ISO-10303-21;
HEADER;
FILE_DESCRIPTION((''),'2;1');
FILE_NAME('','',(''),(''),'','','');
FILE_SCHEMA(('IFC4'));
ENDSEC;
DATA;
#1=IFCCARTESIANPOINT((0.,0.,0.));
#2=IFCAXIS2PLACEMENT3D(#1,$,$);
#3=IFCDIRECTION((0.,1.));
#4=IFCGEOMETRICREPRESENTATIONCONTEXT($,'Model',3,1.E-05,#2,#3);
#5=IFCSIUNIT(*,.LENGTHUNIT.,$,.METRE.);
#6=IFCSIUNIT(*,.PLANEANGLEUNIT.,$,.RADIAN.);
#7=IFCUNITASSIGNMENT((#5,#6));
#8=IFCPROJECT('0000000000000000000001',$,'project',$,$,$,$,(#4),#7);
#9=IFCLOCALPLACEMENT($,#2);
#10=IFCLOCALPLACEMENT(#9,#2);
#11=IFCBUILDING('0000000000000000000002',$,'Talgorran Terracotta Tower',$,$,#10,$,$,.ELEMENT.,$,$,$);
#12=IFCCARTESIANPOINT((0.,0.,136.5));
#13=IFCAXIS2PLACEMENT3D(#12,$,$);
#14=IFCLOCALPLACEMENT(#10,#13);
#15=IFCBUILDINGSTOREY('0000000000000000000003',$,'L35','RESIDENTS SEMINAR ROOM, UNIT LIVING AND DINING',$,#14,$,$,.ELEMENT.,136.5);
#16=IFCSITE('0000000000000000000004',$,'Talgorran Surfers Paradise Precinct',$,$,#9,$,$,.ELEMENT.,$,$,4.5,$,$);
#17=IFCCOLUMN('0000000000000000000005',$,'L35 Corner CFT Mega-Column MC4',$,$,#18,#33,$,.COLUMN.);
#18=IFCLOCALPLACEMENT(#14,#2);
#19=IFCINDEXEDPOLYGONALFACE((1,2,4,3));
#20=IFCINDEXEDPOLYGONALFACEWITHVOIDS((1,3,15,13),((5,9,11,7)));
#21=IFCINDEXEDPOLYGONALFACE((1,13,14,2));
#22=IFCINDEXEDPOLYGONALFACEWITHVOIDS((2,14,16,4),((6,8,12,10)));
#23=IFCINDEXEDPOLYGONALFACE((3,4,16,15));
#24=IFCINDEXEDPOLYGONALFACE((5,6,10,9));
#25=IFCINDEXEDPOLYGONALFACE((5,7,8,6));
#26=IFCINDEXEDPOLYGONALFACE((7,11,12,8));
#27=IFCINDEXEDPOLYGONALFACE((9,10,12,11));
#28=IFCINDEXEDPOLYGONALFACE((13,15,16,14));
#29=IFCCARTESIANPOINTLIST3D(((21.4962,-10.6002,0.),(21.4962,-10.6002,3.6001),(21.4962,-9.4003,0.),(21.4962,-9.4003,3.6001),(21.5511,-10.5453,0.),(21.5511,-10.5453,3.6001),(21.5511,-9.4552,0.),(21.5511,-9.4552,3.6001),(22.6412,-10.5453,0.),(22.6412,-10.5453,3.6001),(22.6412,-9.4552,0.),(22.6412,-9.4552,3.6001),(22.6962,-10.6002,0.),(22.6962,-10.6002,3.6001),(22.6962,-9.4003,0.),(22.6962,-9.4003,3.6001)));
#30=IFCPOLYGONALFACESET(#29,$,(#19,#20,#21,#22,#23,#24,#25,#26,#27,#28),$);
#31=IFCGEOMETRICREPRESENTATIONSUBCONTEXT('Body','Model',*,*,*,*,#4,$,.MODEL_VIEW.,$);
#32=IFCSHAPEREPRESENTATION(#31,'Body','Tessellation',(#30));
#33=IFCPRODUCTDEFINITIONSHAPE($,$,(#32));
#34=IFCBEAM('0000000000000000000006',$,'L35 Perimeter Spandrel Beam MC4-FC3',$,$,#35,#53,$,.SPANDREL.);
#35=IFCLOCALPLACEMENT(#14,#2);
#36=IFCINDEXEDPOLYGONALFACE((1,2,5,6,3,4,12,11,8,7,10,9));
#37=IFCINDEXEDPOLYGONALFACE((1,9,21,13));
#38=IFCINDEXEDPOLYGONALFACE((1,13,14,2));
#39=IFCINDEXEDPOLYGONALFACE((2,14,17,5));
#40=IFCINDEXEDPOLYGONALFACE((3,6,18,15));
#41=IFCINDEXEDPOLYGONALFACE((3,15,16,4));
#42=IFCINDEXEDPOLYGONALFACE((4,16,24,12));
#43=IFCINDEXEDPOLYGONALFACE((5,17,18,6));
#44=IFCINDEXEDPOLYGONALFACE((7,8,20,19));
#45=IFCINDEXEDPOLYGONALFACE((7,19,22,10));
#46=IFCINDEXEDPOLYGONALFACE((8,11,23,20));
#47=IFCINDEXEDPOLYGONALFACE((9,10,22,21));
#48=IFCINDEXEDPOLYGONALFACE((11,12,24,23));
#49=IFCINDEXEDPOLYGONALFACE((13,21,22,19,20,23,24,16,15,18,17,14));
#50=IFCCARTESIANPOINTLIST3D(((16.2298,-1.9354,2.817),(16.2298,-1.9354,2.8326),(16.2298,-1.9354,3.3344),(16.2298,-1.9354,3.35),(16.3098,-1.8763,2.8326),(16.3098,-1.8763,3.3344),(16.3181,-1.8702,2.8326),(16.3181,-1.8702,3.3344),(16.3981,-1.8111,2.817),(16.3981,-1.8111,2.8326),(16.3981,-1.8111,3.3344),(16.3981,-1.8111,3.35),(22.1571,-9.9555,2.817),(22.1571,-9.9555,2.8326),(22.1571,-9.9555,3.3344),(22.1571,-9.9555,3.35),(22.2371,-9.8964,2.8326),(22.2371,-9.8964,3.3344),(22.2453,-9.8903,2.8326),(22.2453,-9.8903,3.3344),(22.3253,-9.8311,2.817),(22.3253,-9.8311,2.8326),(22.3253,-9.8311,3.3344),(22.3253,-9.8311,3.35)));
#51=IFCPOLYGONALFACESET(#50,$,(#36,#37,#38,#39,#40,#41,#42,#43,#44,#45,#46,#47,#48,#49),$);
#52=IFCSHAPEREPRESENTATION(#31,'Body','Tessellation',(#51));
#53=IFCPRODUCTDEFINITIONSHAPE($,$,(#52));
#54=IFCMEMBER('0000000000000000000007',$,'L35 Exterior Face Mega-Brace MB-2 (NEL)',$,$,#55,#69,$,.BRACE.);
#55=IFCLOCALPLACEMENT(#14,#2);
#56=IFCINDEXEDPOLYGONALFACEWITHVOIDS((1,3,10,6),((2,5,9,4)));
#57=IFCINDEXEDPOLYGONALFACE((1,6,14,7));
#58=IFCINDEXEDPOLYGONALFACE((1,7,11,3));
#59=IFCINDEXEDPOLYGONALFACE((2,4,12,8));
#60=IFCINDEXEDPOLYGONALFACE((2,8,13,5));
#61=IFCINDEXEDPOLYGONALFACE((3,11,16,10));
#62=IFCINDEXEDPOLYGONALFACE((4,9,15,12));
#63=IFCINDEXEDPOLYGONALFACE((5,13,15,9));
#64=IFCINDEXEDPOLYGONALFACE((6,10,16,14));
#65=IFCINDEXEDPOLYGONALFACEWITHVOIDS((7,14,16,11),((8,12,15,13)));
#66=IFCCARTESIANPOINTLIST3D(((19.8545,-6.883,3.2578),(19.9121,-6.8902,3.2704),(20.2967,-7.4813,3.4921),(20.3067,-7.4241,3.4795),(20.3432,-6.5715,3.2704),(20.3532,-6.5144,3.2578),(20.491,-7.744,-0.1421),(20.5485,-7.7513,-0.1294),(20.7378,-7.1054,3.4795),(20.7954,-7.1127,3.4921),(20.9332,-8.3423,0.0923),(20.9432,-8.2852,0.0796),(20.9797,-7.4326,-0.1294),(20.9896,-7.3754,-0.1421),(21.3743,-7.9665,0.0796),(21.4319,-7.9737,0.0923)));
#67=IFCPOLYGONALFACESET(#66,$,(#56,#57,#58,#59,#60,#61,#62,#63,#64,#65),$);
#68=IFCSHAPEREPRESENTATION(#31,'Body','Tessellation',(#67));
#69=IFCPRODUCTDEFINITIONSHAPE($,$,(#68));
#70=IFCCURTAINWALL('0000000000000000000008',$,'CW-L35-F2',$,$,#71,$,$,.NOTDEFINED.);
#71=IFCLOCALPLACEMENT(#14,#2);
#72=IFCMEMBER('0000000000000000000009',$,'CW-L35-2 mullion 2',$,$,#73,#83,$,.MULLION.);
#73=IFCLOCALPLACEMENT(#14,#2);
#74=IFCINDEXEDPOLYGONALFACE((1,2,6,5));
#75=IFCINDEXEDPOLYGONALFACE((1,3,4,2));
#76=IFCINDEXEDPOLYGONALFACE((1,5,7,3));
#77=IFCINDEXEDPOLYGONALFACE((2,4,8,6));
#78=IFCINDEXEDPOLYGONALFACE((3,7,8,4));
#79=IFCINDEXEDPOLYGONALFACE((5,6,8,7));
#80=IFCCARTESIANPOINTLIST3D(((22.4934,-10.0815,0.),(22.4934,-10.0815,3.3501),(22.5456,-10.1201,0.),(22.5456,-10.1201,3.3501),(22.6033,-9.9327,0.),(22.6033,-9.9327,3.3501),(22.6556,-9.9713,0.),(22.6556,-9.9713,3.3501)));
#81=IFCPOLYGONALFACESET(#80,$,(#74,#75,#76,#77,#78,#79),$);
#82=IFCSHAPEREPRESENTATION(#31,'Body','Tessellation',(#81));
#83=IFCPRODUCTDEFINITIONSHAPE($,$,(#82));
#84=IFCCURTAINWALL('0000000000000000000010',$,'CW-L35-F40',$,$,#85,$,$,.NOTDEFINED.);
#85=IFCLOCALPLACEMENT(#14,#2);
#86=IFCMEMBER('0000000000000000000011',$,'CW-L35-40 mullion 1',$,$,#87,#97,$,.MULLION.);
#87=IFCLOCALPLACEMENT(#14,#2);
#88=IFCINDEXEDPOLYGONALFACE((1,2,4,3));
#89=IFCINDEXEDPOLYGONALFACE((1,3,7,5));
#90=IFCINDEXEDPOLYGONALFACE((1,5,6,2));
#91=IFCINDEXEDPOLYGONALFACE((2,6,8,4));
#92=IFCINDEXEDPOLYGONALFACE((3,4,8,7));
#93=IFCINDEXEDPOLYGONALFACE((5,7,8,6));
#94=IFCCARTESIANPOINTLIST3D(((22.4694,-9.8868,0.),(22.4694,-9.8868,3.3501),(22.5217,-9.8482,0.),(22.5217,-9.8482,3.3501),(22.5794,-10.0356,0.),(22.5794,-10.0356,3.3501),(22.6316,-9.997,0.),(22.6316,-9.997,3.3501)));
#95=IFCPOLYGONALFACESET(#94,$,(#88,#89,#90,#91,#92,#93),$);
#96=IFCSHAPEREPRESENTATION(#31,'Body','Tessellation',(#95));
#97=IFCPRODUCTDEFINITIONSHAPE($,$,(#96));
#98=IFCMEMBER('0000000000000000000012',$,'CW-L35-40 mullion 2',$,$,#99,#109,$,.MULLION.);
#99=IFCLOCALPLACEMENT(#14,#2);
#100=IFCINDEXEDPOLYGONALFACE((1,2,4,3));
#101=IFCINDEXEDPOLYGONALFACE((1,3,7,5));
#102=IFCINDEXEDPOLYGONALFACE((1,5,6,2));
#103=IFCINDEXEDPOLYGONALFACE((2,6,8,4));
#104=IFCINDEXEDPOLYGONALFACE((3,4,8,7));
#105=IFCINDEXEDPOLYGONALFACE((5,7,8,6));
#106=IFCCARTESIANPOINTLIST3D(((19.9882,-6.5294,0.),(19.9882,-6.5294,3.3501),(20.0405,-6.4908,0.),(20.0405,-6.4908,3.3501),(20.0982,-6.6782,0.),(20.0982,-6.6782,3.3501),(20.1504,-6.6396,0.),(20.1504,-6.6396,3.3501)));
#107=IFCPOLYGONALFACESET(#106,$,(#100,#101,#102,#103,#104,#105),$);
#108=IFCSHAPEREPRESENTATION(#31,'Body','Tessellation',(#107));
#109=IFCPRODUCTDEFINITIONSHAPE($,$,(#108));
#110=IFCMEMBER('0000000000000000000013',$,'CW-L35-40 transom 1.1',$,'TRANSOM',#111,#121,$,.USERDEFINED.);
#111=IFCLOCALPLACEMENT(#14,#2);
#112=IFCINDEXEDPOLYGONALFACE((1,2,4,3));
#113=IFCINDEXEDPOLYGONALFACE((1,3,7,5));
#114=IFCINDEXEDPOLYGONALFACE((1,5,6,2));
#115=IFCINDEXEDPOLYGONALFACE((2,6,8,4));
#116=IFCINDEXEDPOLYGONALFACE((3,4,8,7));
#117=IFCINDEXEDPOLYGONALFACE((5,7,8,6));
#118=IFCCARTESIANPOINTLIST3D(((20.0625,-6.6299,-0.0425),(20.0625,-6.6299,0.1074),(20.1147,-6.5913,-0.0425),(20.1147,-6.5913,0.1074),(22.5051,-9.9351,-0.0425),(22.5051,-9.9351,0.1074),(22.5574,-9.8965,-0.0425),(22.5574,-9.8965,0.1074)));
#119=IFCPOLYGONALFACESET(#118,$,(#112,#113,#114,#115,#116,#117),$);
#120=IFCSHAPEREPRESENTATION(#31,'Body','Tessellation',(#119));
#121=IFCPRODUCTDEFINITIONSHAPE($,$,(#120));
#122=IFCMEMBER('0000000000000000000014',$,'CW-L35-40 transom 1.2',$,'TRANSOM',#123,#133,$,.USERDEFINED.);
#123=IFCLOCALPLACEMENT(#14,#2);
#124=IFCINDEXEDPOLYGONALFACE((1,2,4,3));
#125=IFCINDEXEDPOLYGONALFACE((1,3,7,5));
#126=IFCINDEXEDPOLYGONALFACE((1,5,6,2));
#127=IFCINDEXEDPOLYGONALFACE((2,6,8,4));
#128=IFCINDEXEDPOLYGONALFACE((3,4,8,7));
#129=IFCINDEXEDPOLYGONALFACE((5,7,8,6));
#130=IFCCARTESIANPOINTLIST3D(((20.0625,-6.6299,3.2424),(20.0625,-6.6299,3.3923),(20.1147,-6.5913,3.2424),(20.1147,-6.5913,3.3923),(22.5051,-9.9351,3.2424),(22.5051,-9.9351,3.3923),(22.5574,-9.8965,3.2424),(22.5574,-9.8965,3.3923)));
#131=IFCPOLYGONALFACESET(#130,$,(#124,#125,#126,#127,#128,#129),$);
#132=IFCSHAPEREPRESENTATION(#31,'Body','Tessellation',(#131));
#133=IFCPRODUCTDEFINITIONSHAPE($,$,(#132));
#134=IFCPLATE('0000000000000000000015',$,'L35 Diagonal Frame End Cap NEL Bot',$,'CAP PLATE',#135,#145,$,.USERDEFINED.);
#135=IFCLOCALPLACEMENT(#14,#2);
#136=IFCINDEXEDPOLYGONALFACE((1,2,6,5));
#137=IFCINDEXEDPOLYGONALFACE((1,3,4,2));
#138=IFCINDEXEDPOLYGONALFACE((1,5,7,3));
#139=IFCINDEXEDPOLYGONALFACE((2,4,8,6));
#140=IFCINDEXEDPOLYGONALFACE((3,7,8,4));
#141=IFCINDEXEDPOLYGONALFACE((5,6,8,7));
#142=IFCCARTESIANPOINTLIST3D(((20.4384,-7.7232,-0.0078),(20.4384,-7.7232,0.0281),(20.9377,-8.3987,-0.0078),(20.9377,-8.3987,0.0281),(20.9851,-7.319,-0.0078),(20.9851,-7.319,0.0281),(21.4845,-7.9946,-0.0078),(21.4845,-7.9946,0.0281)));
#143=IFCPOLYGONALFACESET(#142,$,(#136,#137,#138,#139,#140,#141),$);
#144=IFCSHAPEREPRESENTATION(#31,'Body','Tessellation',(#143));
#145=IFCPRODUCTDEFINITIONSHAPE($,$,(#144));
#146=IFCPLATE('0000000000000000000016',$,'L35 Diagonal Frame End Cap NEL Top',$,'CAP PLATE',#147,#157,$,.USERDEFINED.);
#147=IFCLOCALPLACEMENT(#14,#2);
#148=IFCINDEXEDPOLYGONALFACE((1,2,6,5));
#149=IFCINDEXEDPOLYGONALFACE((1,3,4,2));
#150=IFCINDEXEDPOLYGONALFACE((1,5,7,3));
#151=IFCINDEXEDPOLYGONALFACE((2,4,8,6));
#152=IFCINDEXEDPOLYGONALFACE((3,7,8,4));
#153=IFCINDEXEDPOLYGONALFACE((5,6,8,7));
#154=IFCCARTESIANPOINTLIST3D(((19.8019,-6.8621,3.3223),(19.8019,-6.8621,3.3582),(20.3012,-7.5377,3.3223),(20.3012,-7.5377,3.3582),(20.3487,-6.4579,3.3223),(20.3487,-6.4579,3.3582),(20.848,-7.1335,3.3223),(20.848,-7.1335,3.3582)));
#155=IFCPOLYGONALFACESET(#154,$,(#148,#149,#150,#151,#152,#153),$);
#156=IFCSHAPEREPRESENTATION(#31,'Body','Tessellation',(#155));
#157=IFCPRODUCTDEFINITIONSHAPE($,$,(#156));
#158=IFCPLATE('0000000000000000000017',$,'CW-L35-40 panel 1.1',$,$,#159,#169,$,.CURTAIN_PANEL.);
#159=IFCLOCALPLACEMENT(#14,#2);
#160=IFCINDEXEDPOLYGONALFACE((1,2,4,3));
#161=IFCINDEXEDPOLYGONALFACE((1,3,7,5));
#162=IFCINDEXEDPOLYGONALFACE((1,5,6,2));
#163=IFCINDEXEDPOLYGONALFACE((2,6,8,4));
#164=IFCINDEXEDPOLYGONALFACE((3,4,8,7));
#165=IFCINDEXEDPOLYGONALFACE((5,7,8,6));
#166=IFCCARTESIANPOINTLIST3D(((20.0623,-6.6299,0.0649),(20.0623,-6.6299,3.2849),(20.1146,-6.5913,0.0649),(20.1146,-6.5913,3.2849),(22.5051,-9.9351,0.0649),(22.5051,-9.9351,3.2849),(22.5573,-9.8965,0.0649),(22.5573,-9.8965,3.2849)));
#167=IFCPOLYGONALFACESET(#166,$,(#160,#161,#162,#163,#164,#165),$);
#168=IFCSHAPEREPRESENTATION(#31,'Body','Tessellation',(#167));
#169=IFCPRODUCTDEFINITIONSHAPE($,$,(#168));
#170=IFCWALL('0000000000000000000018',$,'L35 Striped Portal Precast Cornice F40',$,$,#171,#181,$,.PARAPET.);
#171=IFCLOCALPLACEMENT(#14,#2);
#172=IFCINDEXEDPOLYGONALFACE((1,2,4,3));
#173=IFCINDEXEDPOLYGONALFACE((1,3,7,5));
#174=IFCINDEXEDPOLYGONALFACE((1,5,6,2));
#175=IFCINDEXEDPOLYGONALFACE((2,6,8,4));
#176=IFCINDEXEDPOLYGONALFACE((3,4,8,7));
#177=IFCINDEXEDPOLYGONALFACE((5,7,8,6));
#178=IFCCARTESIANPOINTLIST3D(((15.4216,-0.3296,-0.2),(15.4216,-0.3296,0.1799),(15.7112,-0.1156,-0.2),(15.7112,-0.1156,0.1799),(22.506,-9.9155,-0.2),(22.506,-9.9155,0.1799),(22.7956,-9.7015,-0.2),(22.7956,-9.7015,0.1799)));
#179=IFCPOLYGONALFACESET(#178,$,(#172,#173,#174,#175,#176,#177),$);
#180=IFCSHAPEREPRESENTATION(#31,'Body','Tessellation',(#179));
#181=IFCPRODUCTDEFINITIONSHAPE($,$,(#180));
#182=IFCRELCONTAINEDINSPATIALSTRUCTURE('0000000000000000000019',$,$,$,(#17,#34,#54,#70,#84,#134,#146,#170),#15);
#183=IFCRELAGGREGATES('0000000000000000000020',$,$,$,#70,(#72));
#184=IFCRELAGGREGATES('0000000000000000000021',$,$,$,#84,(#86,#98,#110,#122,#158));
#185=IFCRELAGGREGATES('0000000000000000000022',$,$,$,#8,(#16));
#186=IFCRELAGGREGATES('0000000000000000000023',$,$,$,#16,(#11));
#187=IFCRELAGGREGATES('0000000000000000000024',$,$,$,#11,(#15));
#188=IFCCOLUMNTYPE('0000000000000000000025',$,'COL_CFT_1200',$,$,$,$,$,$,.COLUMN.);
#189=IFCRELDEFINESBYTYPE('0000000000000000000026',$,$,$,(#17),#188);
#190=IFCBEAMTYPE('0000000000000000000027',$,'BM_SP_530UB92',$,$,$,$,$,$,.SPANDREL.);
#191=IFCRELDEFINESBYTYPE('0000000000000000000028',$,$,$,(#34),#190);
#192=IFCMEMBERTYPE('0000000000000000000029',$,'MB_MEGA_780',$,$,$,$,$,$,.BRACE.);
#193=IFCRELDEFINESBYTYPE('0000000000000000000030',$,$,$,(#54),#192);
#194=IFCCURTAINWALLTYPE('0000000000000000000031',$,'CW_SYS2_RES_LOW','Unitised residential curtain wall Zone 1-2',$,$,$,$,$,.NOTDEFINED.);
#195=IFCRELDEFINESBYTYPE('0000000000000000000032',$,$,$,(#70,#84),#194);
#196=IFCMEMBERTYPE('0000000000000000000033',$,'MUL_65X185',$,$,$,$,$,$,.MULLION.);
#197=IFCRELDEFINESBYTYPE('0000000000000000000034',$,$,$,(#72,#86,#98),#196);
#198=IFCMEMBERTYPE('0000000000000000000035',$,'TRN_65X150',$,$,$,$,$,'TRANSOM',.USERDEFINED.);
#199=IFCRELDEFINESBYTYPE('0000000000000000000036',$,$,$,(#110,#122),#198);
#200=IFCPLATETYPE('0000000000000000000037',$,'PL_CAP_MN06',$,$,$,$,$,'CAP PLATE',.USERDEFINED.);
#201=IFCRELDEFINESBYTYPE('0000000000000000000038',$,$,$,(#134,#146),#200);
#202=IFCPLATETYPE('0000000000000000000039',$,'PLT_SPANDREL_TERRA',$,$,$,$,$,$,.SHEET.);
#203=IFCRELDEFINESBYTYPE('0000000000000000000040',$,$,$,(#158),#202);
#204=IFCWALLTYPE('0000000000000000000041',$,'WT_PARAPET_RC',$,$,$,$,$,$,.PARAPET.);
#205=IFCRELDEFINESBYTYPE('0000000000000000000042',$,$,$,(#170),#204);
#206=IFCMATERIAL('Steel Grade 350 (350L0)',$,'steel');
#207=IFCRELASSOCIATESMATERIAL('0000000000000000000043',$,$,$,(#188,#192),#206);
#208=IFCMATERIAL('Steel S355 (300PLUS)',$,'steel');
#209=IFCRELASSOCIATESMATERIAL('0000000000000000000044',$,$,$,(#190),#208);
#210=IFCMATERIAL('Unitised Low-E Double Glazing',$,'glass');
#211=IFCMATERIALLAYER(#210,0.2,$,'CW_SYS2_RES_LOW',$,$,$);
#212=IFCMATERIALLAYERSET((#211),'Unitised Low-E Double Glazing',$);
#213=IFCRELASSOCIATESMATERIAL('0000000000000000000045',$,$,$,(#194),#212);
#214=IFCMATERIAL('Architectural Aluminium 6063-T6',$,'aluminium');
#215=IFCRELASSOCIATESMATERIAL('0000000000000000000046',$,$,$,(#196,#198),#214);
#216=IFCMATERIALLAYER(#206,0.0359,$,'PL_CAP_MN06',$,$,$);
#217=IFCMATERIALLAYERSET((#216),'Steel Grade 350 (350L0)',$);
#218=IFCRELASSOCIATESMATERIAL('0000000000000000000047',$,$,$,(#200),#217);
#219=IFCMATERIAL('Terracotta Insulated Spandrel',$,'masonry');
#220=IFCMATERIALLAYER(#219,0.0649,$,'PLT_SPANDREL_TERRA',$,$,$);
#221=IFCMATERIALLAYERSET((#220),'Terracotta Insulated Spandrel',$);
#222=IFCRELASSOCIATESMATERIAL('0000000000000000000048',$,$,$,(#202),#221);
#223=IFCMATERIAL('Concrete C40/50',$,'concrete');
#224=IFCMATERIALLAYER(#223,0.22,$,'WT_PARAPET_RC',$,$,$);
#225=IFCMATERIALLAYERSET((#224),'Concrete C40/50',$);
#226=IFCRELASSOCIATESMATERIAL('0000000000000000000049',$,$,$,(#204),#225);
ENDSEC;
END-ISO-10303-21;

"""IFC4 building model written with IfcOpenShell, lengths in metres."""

from ifc_helpers import new_model, si_unit, direction, frame, frame_2d, origin, origin_2d, place, context, subcontext, project, spatial, rectangle, hollow_rectangle, i_section, extrude, source, transform, mapped, material, layer, layer_set, material_profile, profile_set, type_object, type_shapes, element, aggregate, save


model = new_model("IFC4")

# Units and contexts
model_context = context("Model", 3, precision=1e-05, world=origin(), true_north=direction((0.0, 1.0)))
body_context = subcontext(model_context, "Body", "Model", "MODEL_VIEW")
ifc_project = project(units=[si_unit("LENGTHUNIT", "METRE"), si_unit("PLANEANGLEUNIT", "RADIAN")], contexts=[model_context])

# Site, building, storey
site_placement = place(None, origin())
site = spatial("IfcSite", under=ifc_project, at=site_placement, Name="Talgorran Surfers Paradise Precinct", CompositionType="ELEMENT", RefElevation=4.5)
building_placement = place(site_placement, origin())
building = spatial("IfcBuilding", under=site, at=building_placement, Name="Talgorran Terracotta Tower", CompositionType="ELEMENT")
storey_placement = place(building_placement, frame((0.0, 0.0, 136.5)))
storey = spatial("IfcBuildingStorey", under=building, at=storey_placement, Name="L35", Description="RESIDENTS SEMINAR ROOM, UNIT LIVING AND DINING", CompositionType="ELEMENT", Elevation=136.5)

# Column
ifc_material_1 = material(Name="Steel Grade 350 (350L0)", Category="steel")
ifc_material_profile_1 = material_profile(ifc_material_1, hollow_rectangle(XDim=1.2, YDim=1.2, WallThickness=0.0549, at=origin_2d()), Name="CFT1200X1200X55")
ifc_profile_set_1 = profile_set([ifc_material_profile_1], Name="Steel Grade 350 (350L0)")
column_type = type_object("IfcColumnType", Name="COL_CFT_1200", PredefinedType="COLUMN", material=ifc_profile_set_1)
column_placement = place(storey_placement, frame((22.0962, -10.0002, 0.0), z_axis=(0.0, 0.0, 1.0), x_axis=(1.0, 0.0, 0.0)))
element("IfcColumn", 1, at=column_placement, inside=storey, type_object=column_type, Name="L35 Corner CFT Mega-Column MC4", PredefinedType="COLUMN", context=body_context, shape_type="SweptSolid", body=[
    extrude(hollow_rectangle(XDim=1.2, YDim=1.2, WallThickness=0.0549, at=origin_2d()), origin(), (0.0, 0.0, 1.0), 3.6001),
])

# Beam
ifc_material_2 = material(Name="Steel S355 (300PLUS)", Category="steel")
ifc_material_profile_2 = material_profile(ifc_material_2, i_section(OverallWidth=0.2092, OverallDepth=0.533, WebThickness=0.0103, FlangeThickness=0.0156, at=origin_2d()), Name="530UB92.4")
ifc_profile_set_2 = profile_set([ifc_material_profile_2], Name="Steel S355 (300PLUS)")
beam_type = type_object("IfcBeamType", Name="BM_SP_530UB92", PredefinedType="SPANDREL", material=ifc_profile_set_2)
beam_placement = place(storey_placement, frame((22.2412, -9.8933, 3.0835), z_axis=(-0.594353, 0.804205, 0.0), x_axis=(-0.804205, -0.594353, 0.0)))
element("IfcBeam", 2, at=beam_placement, inside=storey, type_object=beam_type, Name="L35 Perimeter Spandrel Beam MC4-FC3", PredefinedType="SPANDREL", context=body_context, shape_type="SweptSolid", body=[
    extrude(i_section(OverallWidth=0.2092, OverallDepth=0.533, WebThickness=0.0103, FlangeThickness=0.0156, at=origin_2d()), origin(), (0.0, 0.0, 1.0), 9.9727),
])

# Member
ifc_material_profile_3 = material_profile(ifc_material_1, hollow_rectangle(XDim=0.6201, YDim=0.78, WallThickness=0.042, at=origin_2d()), Name="WBOX780X620X42")
ifc_profile_set_3 = profile_set([ifc_material_profile_3], Name="Steel Grade 350 (350L0)")
member_type_1 = type_object("IfcMemberType", Name="MB_MEGA_780", PredefinedType="BRACE", material=ifc_profile_set_3)
member_1_placement = place(storey_placement, frame((20.9614, -7.8589, -0.0249), z_axis=(-0.178558, 0.24157, 0.953814), x_axis=(-0.804167, -0.594404, 0.0)))
element("IfcMember", 3, at=member_1_placement, inside=storey, type_object=member_type_1, Name="L35 Exterior Face Mega-Brace MB-2 (NEL)", PredefinedType="BRACE", context=body_context, shape_type="SweptSolid", body=[
    extrude(hollow_rectangle(XDim=0.6201, YDim=0.78, WallThickness=0.042, at=origin_2d()), origin(), (0.0, 0.0, 1.0), 3.5645),
])

# Curtain wall, member
ifc_material_3 = material(Name="Unitised Low-E Double Glazing", Category="glass")
ifc_layer_1 = layer(ifc_material_3, 0.2, Name="CW_SYS2_RES_LOW")
ifc_layer_set_1 = layer_set([ifc_layer_1], Name="Unitised Low-E Double Glazing")
curtain_wall_type = type_object("IfcCurtainWallType", Name="CW_SYS2_RES_LOW", Description="Unitised residential curtain wall Zone 1-2", PredefinedType="NOTDEFINED", material=ifc_layer_set_1)
curtain_wall_1_placement = place(storey_placement, origin())
curtain_wall_1 = element("IfcCurtainWall", 4, at=curtain_wall_1_placement, inside=storey, type_object=curtain_wall_type, Name="CW-L35-F2", PredefinedType="NOTDEFINED")
ifc_material_4 = material(Name="Architectural Aluminium 6063-T6", Category="aluminium")
ifc_material_profile_4 = material_profile(ifc_material_4, rectangle(XDim=0.0649, YDim=0.1851, at=origin_2d()), Name="CWM65X185")
ifc_profile_set_4 = profile_set([ifc_material_profile_4], Name="Architectural Aluminium 6063-T6")
member_type_2 = type_object("IfcMemberType", Name="MUL_65X185", PredefinedType="MULLION", material=ifc_profile_set_4)
member_2_placement = place(storey_placement, frame((22.5745, -10.0264, 0.0), z_axis=(0.0, 0.0, 1.0), x_axis=(-0.804201, 0.594358, 0.0)))
member_2 = element("IfcMember", 5, at=member_2_placement, type_object=member_type_2, Name="CW-L35-2 mullion 2", PredefinedType="MULLION", context=body_context, shape_type="SweptSolid", body=[
    extrude(rectangle(XDim=0.0649, YDim=0.1851, at=origin_2d()), origin(), (0.0, 0.0, 1.0), 3.3501),
])
aggregate(curtain_wall_1, [member_2])

# Curtain wall, members
curtain_wall_2_placement = place(storey_placement, origin())
curtain_wall_2 = element("IfcCurtainWall", 6, at=curtain_wall_2_placement, inside=storey, type_object=curtain_wall_type, Name="CW-L35-F40", PredefinedType="NOTDEFINED")
member_3_placement = place(storey_placement, frame((22.5505, -9.9419, 0.0), z_axis=(0.0, 0.0, 1.0), x_axis=(-0.8042, -0.594359, 0.0)))
member_3 = element("IfcMember", 7, at=member_3_placement, type_object=member_type_2, Name="CW-L35-40 mullion 1", PredefinedType="MULLION", context=body_context, shape_type="SweptSolid", body=[
    extrude(rectangle(XDim=0.0649, YDim=0.1851, at=origin_2d()), origin(), (0.0, 0.0, 1.0), 3.3501),
])
member_4_placement = place(storey_placement, frame((20.0693, -6.5845, 0.0), z_axis=(0.0, 0.0, 1.0), x_axis=(-0.8042, -0.594359, 0.0)))
member_4 = element("IfcMember", 8, at=member_4_placement, type_object=member_type_2, Name="CW-L35-40 mullion 2", PredefinedType="MULLION", context=body_context, shape_type="SweptSolid", body=[
    extrude(rectangle(XDim=0.0649, YDim=0.1851, at=origin_2d()), origin(), (0.0, 0.0, 1.0), 3.3501),
])
ifc_material_profile_5 = material_profile(ifc_material_4, rectangle(XDim=0.0649, YDim=0.1499, at=origin_2d()), Name="CWT65X150")
ifc_profile_set_5 = profile_set([ifc_material_profile_5], Name="Architectural Aluminium 6063-T6")
member_type_3 = type_object("IfcMemberType", Name="TRN_65X150", ElementType="TRANSOM", PredefinedType="USERDEFINED", material=ifc_profile_set_5)
member_5_placement = place(storey_placement, frame((22.5312, -9.9158, 0.0325), z_axis=(-0.594339, 0.804214, 0.0), x_axis=(-0.804214, -0.594339, 0.0)))
member_5 = element("IfcMember", 9, at=member_5_placement, type_object=member_type_3, Name="CW-L35-40 transom 1.1", ObjectType="TRANSOM", PredefinedType="USERDEFINED", context=body_context, shape_type="SweptSolid", body=[
    extrude(rectangle(XDim=0.0649, YDim=0.1499, at=origin_2d()), origin(), (0.0, 0.0, 1.0), 4.1099),
])
member_6_placement = place(storey_placement, frame((22.5312, -9.9158, 3.3174), z_axis=(-0.594339, 0.804214, 0.0), x_axis=(-0.804214, -0.594339, 0.0)))
member_6 = element("IfcMember", 10, at=member_6_placement, type_object=member_type_3, Name="CW-L35-40 transom 1.2", ObjectType="TRANSOM", PredefinedType="USERDEFINED", context=body_context, shape_type="SweptSolid", body=[
    extrude(rectangle(XDim=0.0649, YDim=0.1499, at=origin_2d()), origin(), (0.0, 0.0, 1.0), 4.1099),
])

# Plates
ifc_layer_2 = layer(ifc_material_1, 0.0359, Name="PL_CAP_MN06")
ifc_layer_set_2 = layer_set([ifc_layer_2], Name="Steel Grade 350 (350L0)")
plate_type_1 = type_object("IfcPlateType", Name="PL_CAP_MN06", ElementType="CAP PLATE", PredefinedType="USERDEFINED", material=ifc_layer_set_2)
for number, where, z_axis, x_axis, name in (
    (11, (20.9614, -7.8589, -0.0078), (0.0, 0.0, 1.0), (-0.594402, 0.804168, 0.0), "L35 Diagonal Frame End Cap NEL Bot"),
    (12, (20.325, -6.9978, 3.3223), (0.0, 0.0, 1.0), (-0.594402, 0.804168, 0.0), "L35 Diagonal Frame End Cap NEL Top"),
):
    element("IfcPlate", number, at=place(storey_placement, frame(where, z_axis=z_axis, x_axis=x_axis)), inside=storey, type_object=plate_type_1, Name=name, ObjectType="CAP PLATE", PredefinedType="USERDEFINED", context=body_context, shape_type="SweptSolid", body=[
        extrude(rectangle(XDim=0.8401, YDim=0.6799, at=origin_2d()), origin(), (0.0, 0.0, 1.0), 0.0359),
    ])

# Plate
ifc_material_5 = material(Name="Terracotta Insulated Spandrel", Category="masonry")
ifc_layer_3 = layer(ifc_material_5, 0.0649, Name="PLT_SPANDREL_TERRA")
ifc_layer_set_3 = layer_set([ifc_layer_3], Name="Terracotta Insulated Spandrel")
plate_type_2 = type_object("IfcPlateType", Name="PLT_SPANDREL_TERRA", PredefinedType="SHEET", material=ifc_layer_set_3)
shared_shape = source(origin(), body_context, "Body", "SweptSolid", [
    extrude(rectangle(XDim=4.1099, YDim=0.0649, at=origin_2d()), origin(), (0.0, 0.0, 1.0), 3.22),
])
type_shapes(plate_type_2, [shared_shape])
plate_placement = place(storey_placement, frame((21.3098, -8.2632, 0.0649), z_axis=(0.0, 0.0, 1.0), x_axis=(-0.594359, 0.8042, 0.0)))
plate = element("IfcPlate", 13, at=plate_placement, type_object=plate_type_2, Name="CW-L35-40 panel 1.1", PredefinedType="CURTAIN_PANEL", context=body_context, shape_type="MappedRepresentation", body=[
    mapped(shared_shape, transform((0.0, 0.0, 0.0), scale=1.0)),
])
aggregate(curtain_wall_2, [member_3, member_4, member_5, member_6, plate])

# Wall
ifc_material_6 = material(Name="Concrete C40/50", Category="concrete")
ifc_layer_4 = layer(ifc_material_6, 0.22, Name="WT_PARAPET_RC")
ifc_layer_set_4 = layer_set([ifc_layer_4], Name="Concrete C40/50")
wall_type_1 = type_object("IfcWallType", Name="WT_PARAPET_RC", PredefinedType="PARAPET", material=ifc_layer_set_4)
wall_1_placement = place(storey_placement, frame((22.6509, -9.8086, -0.2), z_axis=(0.0, 0.0, 1.0), x_axis=(-0.594348, 0.804208, 0.0)))
element("IfcWall", 14, at=wall_1_placement, inside=storey, type_object=wall_type_1, Name="L35 Striped Portal Precast Cornice F40", PredefinedType="PARAPET", context=body_context, shape_type="SweptSolid", body=[
    extrude(rectangle(XDim=11.9197, YDim=0.3601, at=frame_2d((5.96, 0.0))), origin(), (0.0, 0.0, 1.0), 0.3799),
])

save(model, "model.ifc")
